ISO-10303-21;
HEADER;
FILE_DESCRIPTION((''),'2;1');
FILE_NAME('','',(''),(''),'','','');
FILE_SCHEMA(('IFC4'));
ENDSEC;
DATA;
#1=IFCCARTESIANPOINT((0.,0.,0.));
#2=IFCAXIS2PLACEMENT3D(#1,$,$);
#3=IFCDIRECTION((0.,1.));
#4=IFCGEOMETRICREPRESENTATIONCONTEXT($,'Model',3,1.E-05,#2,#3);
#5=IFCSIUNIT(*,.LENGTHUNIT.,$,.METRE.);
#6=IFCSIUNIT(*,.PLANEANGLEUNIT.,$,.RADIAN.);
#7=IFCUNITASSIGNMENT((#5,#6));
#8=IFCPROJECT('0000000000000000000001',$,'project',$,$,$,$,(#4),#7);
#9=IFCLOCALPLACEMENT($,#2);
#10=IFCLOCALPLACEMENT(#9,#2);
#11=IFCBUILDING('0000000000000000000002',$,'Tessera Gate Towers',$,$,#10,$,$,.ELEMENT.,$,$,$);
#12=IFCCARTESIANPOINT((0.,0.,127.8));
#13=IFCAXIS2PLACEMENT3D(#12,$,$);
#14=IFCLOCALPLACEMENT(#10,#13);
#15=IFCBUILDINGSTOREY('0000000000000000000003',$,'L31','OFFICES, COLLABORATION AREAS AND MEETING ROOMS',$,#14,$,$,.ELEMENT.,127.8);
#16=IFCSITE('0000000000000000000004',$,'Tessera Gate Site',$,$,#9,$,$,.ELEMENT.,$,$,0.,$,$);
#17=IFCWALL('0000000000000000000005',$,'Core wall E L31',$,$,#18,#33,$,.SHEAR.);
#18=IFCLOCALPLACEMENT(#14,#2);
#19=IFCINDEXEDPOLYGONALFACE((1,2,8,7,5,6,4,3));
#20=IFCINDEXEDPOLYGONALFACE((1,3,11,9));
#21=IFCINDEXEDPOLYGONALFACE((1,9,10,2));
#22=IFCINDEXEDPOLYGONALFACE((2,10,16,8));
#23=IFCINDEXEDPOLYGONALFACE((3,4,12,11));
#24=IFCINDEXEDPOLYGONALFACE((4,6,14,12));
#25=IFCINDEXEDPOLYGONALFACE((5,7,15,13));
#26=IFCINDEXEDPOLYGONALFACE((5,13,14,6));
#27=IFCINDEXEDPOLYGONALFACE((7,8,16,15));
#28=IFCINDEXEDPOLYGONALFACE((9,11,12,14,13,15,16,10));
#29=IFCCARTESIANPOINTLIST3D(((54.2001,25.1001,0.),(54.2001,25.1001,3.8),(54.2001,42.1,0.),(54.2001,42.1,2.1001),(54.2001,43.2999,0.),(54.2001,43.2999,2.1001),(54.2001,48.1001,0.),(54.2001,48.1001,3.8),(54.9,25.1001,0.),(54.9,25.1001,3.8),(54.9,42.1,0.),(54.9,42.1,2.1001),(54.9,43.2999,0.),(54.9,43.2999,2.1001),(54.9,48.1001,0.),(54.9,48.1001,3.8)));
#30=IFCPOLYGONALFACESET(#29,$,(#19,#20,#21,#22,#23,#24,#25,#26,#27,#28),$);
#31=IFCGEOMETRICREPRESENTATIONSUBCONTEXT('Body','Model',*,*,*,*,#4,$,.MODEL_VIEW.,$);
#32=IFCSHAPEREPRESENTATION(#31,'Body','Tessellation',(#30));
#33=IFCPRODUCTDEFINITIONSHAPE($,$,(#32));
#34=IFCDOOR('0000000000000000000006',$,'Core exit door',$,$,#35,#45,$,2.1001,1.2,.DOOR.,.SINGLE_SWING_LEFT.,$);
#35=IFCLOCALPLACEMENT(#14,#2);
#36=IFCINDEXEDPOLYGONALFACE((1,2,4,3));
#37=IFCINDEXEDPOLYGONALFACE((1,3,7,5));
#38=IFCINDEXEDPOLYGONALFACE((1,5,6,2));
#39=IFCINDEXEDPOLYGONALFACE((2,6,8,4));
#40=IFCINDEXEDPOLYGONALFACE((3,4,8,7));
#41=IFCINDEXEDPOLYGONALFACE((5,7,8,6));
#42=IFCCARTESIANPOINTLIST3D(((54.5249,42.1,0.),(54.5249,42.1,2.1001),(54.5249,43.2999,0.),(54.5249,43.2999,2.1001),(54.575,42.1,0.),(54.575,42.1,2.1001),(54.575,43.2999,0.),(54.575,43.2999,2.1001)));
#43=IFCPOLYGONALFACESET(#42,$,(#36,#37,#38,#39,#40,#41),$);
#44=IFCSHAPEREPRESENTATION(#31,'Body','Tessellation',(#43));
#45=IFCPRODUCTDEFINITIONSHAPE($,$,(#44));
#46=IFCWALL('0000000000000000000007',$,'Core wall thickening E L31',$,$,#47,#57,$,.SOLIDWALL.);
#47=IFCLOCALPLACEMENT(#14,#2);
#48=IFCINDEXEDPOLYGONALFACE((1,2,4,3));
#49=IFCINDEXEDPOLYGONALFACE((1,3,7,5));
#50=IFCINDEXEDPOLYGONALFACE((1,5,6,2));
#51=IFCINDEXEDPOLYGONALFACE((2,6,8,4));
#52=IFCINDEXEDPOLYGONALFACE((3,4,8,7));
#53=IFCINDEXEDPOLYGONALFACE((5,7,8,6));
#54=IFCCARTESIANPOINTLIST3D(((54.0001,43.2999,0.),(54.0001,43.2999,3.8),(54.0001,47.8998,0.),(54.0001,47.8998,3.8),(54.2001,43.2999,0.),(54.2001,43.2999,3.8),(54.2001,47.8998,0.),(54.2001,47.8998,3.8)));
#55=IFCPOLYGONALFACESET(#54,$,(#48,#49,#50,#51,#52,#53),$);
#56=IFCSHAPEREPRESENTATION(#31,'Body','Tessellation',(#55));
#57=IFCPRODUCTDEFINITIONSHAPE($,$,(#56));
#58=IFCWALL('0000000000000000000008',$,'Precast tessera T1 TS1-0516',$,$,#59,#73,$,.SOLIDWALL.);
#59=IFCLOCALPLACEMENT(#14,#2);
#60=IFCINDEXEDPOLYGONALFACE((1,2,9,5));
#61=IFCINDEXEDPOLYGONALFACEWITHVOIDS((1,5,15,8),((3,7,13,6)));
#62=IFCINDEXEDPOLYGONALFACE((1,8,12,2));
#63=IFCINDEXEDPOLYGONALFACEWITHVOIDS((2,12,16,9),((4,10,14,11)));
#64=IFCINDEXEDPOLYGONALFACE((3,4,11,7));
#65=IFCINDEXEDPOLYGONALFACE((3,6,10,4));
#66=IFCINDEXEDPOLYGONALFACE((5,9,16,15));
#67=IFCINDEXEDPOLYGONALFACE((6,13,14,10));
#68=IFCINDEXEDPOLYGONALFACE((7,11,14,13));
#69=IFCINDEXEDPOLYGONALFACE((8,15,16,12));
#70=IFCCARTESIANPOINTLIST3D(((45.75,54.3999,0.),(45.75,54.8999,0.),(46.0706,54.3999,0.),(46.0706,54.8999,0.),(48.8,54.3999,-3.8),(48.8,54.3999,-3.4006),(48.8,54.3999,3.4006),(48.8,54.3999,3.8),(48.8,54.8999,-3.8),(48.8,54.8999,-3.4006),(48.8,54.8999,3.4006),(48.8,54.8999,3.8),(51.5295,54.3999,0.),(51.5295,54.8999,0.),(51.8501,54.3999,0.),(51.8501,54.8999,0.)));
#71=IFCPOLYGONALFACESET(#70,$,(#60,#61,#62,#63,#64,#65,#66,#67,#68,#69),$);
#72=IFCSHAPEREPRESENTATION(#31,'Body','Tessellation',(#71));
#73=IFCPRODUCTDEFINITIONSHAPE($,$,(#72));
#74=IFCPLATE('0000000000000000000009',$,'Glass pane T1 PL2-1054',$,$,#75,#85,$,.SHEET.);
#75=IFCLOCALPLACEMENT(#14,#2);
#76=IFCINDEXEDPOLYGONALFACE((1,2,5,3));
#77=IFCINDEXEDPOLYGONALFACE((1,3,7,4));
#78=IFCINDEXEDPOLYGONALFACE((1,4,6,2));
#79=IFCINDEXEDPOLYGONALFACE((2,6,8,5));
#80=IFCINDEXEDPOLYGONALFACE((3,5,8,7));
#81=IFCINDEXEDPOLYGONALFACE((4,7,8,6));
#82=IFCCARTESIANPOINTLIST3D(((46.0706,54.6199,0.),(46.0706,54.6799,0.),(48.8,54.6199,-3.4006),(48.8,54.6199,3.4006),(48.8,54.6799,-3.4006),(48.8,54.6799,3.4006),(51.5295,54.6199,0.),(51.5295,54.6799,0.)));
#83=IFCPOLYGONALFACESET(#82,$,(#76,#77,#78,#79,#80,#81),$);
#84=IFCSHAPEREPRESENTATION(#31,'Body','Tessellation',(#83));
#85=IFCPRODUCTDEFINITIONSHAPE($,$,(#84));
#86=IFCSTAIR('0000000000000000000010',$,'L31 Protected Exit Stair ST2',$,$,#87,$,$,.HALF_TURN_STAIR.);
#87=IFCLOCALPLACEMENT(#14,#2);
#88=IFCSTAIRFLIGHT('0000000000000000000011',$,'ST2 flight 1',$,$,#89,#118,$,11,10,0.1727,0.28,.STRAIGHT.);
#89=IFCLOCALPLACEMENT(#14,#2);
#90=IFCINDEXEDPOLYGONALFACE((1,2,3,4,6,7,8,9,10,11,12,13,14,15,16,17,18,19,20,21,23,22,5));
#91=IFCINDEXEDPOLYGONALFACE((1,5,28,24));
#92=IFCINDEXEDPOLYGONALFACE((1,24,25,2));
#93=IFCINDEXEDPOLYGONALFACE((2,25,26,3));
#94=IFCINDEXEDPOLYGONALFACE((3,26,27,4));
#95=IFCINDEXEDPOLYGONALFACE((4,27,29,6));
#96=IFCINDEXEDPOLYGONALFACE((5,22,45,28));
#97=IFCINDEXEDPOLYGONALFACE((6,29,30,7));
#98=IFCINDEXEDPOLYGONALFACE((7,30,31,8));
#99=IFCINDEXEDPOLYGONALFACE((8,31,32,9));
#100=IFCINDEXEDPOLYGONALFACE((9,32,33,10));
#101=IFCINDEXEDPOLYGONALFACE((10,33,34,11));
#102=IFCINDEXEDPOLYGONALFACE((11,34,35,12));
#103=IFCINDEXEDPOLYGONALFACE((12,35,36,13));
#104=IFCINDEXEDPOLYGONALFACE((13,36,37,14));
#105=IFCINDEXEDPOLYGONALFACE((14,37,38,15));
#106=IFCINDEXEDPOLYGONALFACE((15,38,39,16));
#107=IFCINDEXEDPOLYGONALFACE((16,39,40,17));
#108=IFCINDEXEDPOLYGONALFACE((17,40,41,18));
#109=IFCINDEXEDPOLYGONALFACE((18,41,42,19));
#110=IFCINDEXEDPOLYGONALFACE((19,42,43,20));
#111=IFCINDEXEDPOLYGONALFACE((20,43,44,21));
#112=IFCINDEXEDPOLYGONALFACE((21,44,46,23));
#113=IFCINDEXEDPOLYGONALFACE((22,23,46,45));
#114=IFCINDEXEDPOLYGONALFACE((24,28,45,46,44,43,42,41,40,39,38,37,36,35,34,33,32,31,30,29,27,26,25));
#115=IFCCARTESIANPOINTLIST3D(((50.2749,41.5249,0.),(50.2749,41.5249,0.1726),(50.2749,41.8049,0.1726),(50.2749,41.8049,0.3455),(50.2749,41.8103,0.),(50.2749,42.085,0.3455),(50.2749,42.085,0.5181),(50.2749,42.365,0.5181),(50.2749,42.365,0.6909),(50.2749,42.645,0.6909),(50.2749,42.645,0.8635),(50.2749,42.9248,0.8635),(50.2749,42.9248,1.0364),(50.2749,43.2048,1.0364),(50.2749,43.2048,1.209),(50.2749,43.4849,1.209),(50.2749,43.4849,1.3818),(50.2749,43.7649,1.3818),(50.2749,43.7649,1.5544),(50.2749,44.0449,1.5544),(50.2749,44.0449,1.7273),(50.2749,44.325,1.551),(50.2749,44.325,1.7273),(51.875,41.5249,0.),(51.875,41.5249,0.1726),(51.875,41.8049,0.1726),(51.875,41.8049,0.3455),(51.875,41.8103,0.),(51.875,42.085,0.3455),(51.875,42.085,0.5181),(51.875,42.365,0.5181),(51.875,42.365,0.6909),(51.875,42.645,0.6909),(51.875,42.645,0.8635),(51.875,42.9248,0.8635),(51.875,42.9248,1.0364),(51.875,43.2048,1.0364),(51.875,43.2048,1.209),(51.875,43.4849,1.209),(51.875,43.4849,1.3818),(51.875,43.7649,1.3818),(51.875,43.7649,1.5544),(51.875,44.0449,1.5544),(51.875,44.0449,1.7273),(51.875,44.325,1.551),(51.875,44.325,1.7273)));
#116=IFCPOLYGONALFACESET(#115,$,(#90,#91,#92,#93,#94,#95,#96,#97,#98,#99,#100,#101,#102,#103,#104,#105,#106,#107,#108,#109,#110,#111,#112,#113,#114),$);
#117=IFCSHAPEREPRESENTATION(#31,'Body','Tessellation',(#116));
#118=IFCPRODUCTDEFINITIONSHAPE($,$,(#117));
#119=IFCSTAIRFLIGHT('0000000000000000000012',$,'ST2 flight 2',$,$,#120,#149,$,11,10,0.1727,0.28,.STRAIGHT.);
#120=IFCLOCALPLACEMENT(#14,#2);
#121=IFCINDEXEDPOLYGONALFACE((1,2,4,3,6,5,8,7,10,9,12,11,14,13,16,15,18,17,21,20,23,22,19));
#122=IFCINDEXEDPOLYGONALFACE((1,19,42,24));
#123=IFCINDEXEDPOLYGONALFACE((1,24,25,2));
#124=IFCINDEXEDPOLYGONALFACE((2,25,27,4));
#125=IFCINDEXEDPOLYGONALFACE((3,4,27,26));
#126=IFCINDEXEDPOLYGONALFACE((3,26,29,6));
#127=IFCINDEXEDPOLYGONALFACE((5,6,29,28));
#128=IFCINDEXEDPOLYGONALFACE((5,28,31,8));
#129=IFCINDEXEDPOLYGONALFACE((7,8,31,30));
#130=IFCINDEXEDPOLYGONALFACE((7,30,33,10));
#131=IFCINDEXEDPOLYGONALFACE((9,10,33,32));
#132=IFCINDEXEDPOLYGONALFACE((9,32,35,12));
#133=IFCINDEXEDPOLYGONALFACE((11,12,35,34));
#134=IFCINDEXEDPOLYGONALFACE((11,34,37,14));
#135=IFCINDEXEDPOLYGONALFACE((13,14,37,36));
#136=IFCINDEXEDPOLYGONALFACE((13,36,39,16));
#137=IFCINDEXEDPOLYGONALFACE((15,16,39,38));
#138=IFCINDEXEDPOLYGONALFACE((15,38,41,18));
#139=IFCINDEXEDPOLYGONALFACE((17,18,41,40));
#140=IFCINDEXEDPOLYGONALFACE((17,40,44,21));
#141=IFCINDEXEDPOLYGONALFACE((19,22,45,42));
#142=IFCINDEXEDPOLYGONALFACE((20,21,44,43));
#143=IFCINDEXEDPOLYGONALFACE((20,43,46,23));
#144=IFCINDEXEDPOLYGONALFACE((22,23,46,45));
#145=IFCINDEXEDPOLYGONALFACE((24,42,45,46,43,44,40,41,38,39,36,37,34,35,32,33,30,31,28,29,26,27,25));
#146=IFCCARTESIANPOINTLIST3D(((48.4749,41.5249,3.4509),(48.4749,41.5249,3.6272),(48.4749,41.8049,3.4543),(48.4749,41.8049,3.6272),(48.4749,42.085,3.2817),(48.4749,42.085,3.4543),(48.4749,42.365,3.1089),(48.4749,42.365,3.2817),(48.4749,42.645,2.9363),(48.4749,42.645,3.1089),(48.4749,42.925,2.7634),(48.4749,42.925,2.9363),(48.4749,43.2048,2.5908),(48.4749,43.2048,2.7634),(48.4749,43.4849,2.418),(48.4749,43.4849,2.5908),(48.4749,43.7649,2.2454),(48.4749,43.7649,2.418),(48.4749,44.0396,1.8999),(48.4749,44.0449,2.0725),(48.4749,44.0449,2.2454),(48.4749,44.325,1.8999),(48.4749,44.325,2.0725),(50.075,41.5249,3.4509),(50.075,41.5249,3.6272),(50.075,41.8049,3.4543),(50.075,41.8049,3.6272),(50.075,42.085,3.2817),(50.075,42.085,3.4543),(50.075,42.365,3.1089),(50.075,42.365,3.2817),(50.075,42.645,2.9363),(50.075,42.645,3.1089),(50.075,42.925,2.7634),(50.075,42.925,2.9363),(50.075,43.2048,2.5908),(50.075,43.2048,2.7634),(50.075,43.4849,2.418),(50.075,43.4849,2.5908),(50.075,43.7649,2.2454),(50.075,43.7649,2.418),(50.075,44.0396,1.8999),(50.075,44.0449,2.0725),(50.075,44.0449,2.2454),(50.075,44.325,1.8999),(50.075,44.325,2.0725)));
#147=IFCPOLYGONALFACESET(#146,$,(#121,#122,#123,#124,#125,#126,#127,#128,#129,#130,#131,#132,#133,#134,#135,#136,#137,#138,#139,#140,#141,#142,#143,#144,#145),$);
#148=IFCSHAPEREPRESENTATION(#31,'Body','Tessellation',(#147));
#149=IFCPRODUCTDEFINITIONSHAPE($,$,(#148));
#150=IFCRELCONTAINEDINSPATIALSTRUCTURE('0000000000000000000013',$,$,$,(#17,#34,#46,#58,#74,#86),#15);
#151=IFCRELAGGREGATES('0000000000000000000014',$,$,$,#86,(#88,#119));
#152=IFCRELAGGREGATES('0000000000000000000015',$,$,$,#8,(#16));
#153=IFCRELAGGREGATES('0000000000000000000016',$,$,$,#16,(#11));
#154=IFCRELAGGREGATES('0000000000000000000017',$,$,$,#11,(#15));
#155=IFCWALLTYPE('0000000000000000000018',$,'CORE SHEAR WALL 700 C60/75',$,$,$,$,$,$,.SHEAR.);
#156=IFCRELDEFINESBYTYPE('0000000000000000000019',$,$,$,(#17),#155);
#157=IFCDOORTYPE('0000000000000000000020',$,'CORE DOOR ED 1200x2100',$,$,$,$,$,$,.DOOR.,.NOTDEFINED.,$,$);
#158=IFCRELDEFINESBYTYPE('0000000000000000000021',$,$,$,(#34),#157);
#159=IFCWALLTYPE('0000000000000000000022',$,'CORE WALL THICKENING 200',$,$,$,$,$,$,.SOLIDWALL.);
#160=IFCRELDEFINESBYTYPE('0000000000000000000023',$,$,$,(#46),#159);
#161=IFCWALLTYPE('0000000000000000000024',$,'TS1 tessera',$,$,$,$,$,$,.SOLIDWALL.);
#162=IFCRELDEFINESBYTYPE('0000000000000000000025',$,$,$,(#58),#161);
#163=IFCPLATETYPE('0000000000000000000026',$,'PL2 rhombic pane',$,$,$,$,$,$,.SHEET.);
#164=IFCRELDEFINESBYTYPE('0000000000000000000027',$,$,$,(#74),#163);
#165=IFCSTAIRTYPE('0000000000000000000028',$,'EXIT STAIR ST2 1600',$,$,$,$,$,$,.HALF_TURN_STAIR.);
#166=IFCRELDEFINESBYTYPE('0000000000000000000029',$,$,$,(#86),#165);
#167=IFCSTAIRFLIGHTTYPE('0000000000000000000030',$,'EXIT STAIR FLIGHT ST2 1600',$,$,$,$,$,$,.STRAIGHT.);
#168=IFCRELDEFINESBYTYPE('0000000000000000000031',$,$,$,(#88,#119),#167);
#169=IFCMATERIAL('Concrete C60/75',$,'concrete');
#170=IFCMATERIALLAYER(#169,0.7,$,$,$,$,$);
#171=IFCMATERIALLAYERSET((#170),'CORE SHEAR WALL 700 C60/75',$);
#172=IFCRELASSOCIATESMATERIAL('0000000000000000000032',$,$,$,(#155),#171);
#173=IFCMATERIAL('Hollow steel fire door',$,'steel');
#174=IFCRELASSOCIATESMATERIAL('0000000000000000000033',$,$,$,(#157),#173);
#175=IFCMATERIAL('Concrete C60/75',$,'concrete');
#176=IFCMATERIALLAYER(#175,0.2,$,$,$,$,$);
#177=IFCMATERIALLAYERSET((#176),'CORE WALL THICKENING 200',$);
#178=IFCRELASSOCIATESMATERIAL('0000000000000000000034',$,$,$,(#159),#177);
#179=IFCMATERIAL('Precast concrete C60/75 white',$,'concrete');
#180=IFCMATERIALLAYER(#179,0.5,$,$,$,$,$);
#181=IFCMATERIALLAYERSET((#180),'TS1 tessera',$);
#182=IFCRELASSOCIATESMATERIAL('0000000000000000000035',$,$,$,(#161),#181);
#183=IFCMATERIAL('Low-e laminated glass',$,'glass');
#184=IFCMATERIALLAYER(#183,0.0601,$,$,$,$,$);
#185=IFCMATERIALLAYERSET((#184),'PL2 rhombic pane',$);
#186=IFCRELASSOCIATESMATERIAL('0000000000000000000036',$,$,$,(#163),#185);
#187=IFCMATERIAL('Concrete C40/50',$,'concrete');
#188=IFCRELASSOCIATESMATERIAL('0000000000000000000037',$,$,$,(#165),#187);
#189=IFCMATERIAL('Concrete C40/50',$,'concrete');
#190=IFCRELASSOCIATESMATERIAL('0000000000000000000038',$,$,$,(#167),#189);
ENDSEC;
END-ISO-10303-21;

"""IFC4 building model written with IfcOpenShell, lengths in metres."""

from ifc_helpers import new_model, si_unit, direction, frame, frame_2d, origin, place, context, subcontext, project, spatial, polyline, rectangle, outline, extrude, source, transform, mapped, material, layer, layer_set, type_object, element, fill, aggregate, save


model = new_model("IFC4")

# Units and contexts
model_context = context("Model", 3, precision=1e-05, world=origin(), true_north=direction((0.0, 1.0)))
body_context = subcontext(model_context, "Body", "Model", "MODEL_VIEW")
ifc_project = project(units=[si_unit("LENGTHUNIT", "METRE"), si_unit("PLANEANGLEUNIT", "RADIAN")], contexts=[model_context])

# Site, building, storey
site_placement = place(None, origin())
site = spatial("IfcSite", under=ifc_project, at=site_placement, Name="Tessera Gate Site", CompositionType="ELEMENT", RefElevation=0.0)
building_placement = place(site_placement, origin())
building = spatial("IfcBuilding", under=site, at=building_placement, Name="Tessera Gate Towers", CompositionType="ELEMENT")
storey_placement = place(building_placement, frame((0.0, 0.0, 127.8)))
storey = spatial("IfcBuildingStorey", under=building, at=storey_placement, Name="L31", Description="OFFICES, COLLABORATION AREAS AND MEETING ROOMS", CompositionType="ELEMENT", Elevation=127.8)

# Shared definitions
shared_shape_1 = source(origin(), body_context, "Body", "SweptSolid", [
    extrude(rectangle(XDim=1.2, YDim=2.1001, at=frame_2d((0.6001, 1.05))), frame((0.0, 0.0249, 0.0), z_axis=(0.0, -1.0, 0.0), x_axis=(1.0, 0.0, 0.0)), (0.0, 0.0, 1.0), 0.05),
])

# Wall, opening, door
ifc_material_1 = material(Name="Concrete C60/75", Category="concrete")
ifc_layer_1 = layer(ifc_material_1, 0.7)
ifc_layer_set_1 = layer_set([ifc_layer_1], Name="CORE SHEAR WALL 700 C60/75")
wall_type_1 = type_object("IfcWallType", Name="CORE SHEAR WALL 700 C60/75", PredefinedType="SHEAR", material=ifc_layer_set_1)
wall_1_placement = place(storey_placement, frame((54.55, 48.1001, 0.0), z_axis=(0.0, 0.0, 1.0), x_axis=(0.0, -1.0, 0.0)))
wall_1 = element("IfcWall", 1, at=wall_1_placement, inside=storey, type_object=wall_type_1, Name="Core wall E L31", PredefinedType="SHEAR", context=body_context, shape_type="SweptSolid", body=[
    extrude(rectangle(XDim=23.0, YDim=0.7, at=frame_2d((11.5, 0.0))), origin(), (0.0, 0.0, 1.0), 3.8),
])
shared_shape_2 = source(origin(), body_context, "Body", "SweptSolid", [
    extrude(rectangle(XDim=1.2, YDim=2.1001, at=frame_2d((0.6001, 1.05))), frame((0.0, 0.3599, 0.0), z_axis=(0.0, -1.0, 0.0), x_axis=(1.0, 0.0, 0.0)), (0.0, 0.0, 1.0), 0.72),
])
opening_1_placement = place(wall_1_placement, frame((4.8, 0.0, 0.0)))
opening_1 = element("IfcOpeningElement", 2, at=opening_1_placement, cuts=wall_1, PredefinedType="OPENING", context=body_context, shape_type="MappedRepresentation", body=[
    mapped(shared_shape_2, transform((0.0, 0.0, 0.0), scale=1.0)),
])
ifc_material_2 = material(Name="Hollow steel fire door", Category="steel")
door_type_1 = type_object("IfcDoorType", Name="CORE DOOR ED 1200x2100", OperationType="NOTDEFINED", PredefinedType="DOOR", material=ifc_material_2)
door_1_placement = place(opening_1_placement, origin())
door_1 = element("IfcDoor", 3, at=door_1_placement, inside=storey, type_object=door_type_1, Name="Core exit door", OperationType="SINGLE_SWING_LEFT", OverallHeight=2.1001, OverallWidth=1.2, PredefinedType="DOOR", context=body_context, shape_type="MappedRepresentation", body=[
    mapped(shared_shape_1, transform((0.0, 0.0, 0.0), scale=1.0)),
])
fill(opening_1, door_1)

# Wall
ifc_material_3 = material(Name="Concrete C60/75", Category="concrete")
ifc_layer_2 = layer(ifc_material_3, 0.2)
ifc_layer_set_2 = layer_set([ifc_layer_2], Name="CORE WALL THICKENING 200")
wall_type_2 = type_object("IfcWallType", Name="CORE WALL THICKENING 200", PredefinedType="SOLIDWALL", material=ifc_layer_set_2)
wall_2_placement = place(storey_placement, frame((54.1001, 43.3, 0.0), z_axis=(0.0, 0.0, 1.0), x_axis=(0.0, 1.0, 0.0)))
element("IfcWall", 4, at=wall_2_placement, inside=storey, type_object=wall_type_2, Name="Core wall thickening E L31", PredefinedType="SOLIDWALL", context=body_context, shape_type="SweptSolid", body=[
    extrude(rectangle(XDim=4.5999, YDim=0.2, at=frame_2d((2.2998, 0.0))), origin(), (0.0, 0.0, 1.0), 3.8),
])

# Wall, opening, plate
ifc_material_4 = material(Name="Precast concrete C60/75 white", Category="concrete")
ifc_layer_3 = layer(ifc_material_4, 0.5)
ifc_layer_set_3 = layer_set([ifc_layer_3], Name="TS1 tessera")
wall_type_3 = type_object("IfcWallType", Name="TS1 tessera", PredefinedType="SOLIDWALL", material=ifc_layer_set_3)
shared_shape_3 = source(origin(), body_context, "Body", "SweptSolid", [
    extrude(outline(polyline([(3.05, 0.0), (6.1001, 3.8), (3.05, 7.6001), (0.0, 3.8), (3.05, 0.0)])), frame((0.0, 0.25, 0.0), z_axis=(0.0, -1.0, 0.0), x_axis=(1.0, 0.0, 0.0)), (0.0, 0.0, 1.0), 0.5),
])
wall_3_placement = place(storey_placement, frame((51.8501, 54.6499, -3.8), z_axis=(0.0, 0.0, 1.0), x_axis=(-1.0, 0.0, 0.0)))
wall_3 = element("IfcWall", 5, at=wall_3_placement, inside=storey, type_object=wall_type_3, Name="Precast tessera T1 TS1-0516", PredefinedType="SOLIDWALL", context=body_context, shape_type="MappedRepresentation", body=[
    mapped(shared_shape_3, transform((0.0, 0.0, 0.0), scale=1.0)),
])
shared_shape_4 = source(origin(), body_context, "Body", "SweptSolid", [
    extrude(outline(polyline([(3.05, 0.3994), (5.7795, 3.8), (3.05, 7.2007), (0.3206, 3.8), (3.05, 0.3994)])), frame((0.0, 0.26, 0.0), z_axis=(0.0, -1.0, 0.0), x_axis=(1.0, 0.0, 0.0)), (0.0, 0.0, 1.0), 0.52),
])
opening_2_placement = place(wall_3_placement, origin())
opening_2 = element("IfcOpeningElement", 6, at=opening_2_placement, cuts=wall_3, PredefinedType="OPENING", context=body_context, shape_type="MappedRepresentation", body=[
    mapped(shared_shape_4, transform((0.0, 0.0, 0.0), scale=1.0)),
])
ifc_material_5 = material(Name="Low-e laminated glass", Category="glass")
ifc_layer_4 = layer(ifc_material_5, 0.0601)
ifc_layer_set_4 = layer_set([ifc_layer_4], Name="PL2 rhombic pane")
plate_type = type_object("IfcPlateType", Name="PL2 rhombic pane", PredefinedType="SHEET", material=ifc_layer_set_4)
shared_shape_5 = source(origin(), body_context, "Body", "SweptSolid", [
    extrude(outline(polyline([(3.05, 0.3994), (5.7795, 3.8), (3.05, 7.2007), (0.3206, 3.8), (3.05, 0.3994)])), frame((0.0, 0.03, 0.0), z_axis=(0.0, -1.0, 0.0), x_axis=(1.0, 0.0, 0.0)), (0.0, 0.0, 1.0), 0.0601),
])
plate_placement = place(opening_2_placement, origin())
plate = element("IfcPlate", 7, at=plate_placement, inside=storey, type_object=plate_type, Name="Glass pane T1 PL2-1054", PredefinedType="SHEET", context=body_context, shape_type="MappedRepresentation", body=[
    mapped(shared_shape_5, transform((0.0, 0.0, 0.0), scale=1.0)),
])
fill(opening_2, plate)

# Stair, stair flights
ifc_material_6 = material(Name="Concrete C40/50", Category="concrete")
stair_type = type_object("IfcStairType", Name="EXIT STAIR ST2 1600", PredefinedType="HALF_TURN_STAIR", material=ifc_material_6)
stair_placement = place(storey_placement, origin())
stair = element("IfcStair", 8, at=stair_placement, inside=storey, type_object=stair_type, Name="L31 Protected Exit Stair ST2", PredefinedType="HALF_TURN_STAIR")
ifc_material_7 = material(Name="Concrete C40/50", Category="concrete")
stair_flight_type = type_object("IfcStairFlightType", Name="EXIT STAIR FLIGHT ST2 1600", PredefinedType="STRAIGHT", material=ifc_material_7)
stair_flight_1_placement = place(storey_placement, frame((51.075, 41.5249, 0.0), z_axis=(0.0, 0.0, 1.0), x_axis=(0.0, 1.0, 0.0)))
stair_flight_1 = element("IfcStairFlight", 9, at=stair_flight_1_placement, type_object=stair_flight_type, Name="ST2 flight 1", NumberOfRisers=11, NumberOfTreads=10, PredefinedType="STRAIGHT", RiserHeight=0.1727, TreadLength=0.28, context=body_context, shape_type="SweptSolid", body=[
    extrude(outline(polyline([(0.0, 0.0), (0.0, 0.1726), (0.28, 0.1726), (0.28, 0.3455), (0.5601, 0.3455), (0.5601, 0.5181), (0.8401, 0.5181), (0.8401, 0.6909), (1.1201, 0.6909), (1.1201, 0.8635), (1.3999, 0.8635), (1.3999, 1.0364), (1.6799, 1.0364), (1.6799, 1.209), (1.96, 1.209), (1.96, 1.3818), (2.24, 1.3818), (2.24, 1.5544), (2.52, 1.5544), (2.52, 1.7273), (2.8, 1.7273), (2.8, 1.8999), (2.8, 1.551), (0.2854, 0.0), (0.0, 0.0)])), frame((0.0, 0.8, 0.0), z_axis=(0.0, -1.0, 0.0), x_axis=(1.0, 0.0, 0.0)), (0.0, 0.0, 1.0), 1.6001),
])
stair_flight_2_placement = place(storey_placement, frame((49.2749, 44.325, 1.8999), z_axis=(0.0, 0.0, 1.0), x_axis=(0.0, -1.0, 0.0)))
stair_flight_2 = element("IfcStairFlight", 10, at=stair_flight_2_placement, type_object=stair_flight_type, Name="ST2 flight 2", NumberOfRisers=11, NumberOfTreads=10, PredefinedType="STRAIGHT", RiserHeight=0.1727, TreadLength=0.28, context=body_context, shape_type="SweptSolid", body=[
    extrude(outline(polyline([(0.0, 0.0), (0.0, 0.1726), (0.28, 0.1726), (0.28, 0.3455), (0.5601, 0.3455), (0.5601, 0.5181), (0.8401, 0.5181), (0.8401, 0.6909), (1.1201, 0.6909), (1.1201, 0.8635), (1.3999, 0.8635), (1.3999, 1.0364), (1.6799, 1.0364), (1.6799, 1.209), (1.96, 1.209), (1.96, 1.3818), (2.24, 1.3818), (2.24, 1.5544), (2.52, 1.5544), (2.52, 1.7273), (2.8, 1.7273), (2.8, 1.8999), (2.8, 1.551), (0.2854, 0.0), (0.0, 0.0)])), frame((0.0, 0.8, 0.0), z_axis=(0.0, -1.0, 0.0), x_axis=(1.0, 0.0, 0.0)), (0.0, 0.0, 1.0), 1.6001),
])
aggregate(stair, [stair_flight_1, stair_flight_2])

save(model, "model.ifc")
